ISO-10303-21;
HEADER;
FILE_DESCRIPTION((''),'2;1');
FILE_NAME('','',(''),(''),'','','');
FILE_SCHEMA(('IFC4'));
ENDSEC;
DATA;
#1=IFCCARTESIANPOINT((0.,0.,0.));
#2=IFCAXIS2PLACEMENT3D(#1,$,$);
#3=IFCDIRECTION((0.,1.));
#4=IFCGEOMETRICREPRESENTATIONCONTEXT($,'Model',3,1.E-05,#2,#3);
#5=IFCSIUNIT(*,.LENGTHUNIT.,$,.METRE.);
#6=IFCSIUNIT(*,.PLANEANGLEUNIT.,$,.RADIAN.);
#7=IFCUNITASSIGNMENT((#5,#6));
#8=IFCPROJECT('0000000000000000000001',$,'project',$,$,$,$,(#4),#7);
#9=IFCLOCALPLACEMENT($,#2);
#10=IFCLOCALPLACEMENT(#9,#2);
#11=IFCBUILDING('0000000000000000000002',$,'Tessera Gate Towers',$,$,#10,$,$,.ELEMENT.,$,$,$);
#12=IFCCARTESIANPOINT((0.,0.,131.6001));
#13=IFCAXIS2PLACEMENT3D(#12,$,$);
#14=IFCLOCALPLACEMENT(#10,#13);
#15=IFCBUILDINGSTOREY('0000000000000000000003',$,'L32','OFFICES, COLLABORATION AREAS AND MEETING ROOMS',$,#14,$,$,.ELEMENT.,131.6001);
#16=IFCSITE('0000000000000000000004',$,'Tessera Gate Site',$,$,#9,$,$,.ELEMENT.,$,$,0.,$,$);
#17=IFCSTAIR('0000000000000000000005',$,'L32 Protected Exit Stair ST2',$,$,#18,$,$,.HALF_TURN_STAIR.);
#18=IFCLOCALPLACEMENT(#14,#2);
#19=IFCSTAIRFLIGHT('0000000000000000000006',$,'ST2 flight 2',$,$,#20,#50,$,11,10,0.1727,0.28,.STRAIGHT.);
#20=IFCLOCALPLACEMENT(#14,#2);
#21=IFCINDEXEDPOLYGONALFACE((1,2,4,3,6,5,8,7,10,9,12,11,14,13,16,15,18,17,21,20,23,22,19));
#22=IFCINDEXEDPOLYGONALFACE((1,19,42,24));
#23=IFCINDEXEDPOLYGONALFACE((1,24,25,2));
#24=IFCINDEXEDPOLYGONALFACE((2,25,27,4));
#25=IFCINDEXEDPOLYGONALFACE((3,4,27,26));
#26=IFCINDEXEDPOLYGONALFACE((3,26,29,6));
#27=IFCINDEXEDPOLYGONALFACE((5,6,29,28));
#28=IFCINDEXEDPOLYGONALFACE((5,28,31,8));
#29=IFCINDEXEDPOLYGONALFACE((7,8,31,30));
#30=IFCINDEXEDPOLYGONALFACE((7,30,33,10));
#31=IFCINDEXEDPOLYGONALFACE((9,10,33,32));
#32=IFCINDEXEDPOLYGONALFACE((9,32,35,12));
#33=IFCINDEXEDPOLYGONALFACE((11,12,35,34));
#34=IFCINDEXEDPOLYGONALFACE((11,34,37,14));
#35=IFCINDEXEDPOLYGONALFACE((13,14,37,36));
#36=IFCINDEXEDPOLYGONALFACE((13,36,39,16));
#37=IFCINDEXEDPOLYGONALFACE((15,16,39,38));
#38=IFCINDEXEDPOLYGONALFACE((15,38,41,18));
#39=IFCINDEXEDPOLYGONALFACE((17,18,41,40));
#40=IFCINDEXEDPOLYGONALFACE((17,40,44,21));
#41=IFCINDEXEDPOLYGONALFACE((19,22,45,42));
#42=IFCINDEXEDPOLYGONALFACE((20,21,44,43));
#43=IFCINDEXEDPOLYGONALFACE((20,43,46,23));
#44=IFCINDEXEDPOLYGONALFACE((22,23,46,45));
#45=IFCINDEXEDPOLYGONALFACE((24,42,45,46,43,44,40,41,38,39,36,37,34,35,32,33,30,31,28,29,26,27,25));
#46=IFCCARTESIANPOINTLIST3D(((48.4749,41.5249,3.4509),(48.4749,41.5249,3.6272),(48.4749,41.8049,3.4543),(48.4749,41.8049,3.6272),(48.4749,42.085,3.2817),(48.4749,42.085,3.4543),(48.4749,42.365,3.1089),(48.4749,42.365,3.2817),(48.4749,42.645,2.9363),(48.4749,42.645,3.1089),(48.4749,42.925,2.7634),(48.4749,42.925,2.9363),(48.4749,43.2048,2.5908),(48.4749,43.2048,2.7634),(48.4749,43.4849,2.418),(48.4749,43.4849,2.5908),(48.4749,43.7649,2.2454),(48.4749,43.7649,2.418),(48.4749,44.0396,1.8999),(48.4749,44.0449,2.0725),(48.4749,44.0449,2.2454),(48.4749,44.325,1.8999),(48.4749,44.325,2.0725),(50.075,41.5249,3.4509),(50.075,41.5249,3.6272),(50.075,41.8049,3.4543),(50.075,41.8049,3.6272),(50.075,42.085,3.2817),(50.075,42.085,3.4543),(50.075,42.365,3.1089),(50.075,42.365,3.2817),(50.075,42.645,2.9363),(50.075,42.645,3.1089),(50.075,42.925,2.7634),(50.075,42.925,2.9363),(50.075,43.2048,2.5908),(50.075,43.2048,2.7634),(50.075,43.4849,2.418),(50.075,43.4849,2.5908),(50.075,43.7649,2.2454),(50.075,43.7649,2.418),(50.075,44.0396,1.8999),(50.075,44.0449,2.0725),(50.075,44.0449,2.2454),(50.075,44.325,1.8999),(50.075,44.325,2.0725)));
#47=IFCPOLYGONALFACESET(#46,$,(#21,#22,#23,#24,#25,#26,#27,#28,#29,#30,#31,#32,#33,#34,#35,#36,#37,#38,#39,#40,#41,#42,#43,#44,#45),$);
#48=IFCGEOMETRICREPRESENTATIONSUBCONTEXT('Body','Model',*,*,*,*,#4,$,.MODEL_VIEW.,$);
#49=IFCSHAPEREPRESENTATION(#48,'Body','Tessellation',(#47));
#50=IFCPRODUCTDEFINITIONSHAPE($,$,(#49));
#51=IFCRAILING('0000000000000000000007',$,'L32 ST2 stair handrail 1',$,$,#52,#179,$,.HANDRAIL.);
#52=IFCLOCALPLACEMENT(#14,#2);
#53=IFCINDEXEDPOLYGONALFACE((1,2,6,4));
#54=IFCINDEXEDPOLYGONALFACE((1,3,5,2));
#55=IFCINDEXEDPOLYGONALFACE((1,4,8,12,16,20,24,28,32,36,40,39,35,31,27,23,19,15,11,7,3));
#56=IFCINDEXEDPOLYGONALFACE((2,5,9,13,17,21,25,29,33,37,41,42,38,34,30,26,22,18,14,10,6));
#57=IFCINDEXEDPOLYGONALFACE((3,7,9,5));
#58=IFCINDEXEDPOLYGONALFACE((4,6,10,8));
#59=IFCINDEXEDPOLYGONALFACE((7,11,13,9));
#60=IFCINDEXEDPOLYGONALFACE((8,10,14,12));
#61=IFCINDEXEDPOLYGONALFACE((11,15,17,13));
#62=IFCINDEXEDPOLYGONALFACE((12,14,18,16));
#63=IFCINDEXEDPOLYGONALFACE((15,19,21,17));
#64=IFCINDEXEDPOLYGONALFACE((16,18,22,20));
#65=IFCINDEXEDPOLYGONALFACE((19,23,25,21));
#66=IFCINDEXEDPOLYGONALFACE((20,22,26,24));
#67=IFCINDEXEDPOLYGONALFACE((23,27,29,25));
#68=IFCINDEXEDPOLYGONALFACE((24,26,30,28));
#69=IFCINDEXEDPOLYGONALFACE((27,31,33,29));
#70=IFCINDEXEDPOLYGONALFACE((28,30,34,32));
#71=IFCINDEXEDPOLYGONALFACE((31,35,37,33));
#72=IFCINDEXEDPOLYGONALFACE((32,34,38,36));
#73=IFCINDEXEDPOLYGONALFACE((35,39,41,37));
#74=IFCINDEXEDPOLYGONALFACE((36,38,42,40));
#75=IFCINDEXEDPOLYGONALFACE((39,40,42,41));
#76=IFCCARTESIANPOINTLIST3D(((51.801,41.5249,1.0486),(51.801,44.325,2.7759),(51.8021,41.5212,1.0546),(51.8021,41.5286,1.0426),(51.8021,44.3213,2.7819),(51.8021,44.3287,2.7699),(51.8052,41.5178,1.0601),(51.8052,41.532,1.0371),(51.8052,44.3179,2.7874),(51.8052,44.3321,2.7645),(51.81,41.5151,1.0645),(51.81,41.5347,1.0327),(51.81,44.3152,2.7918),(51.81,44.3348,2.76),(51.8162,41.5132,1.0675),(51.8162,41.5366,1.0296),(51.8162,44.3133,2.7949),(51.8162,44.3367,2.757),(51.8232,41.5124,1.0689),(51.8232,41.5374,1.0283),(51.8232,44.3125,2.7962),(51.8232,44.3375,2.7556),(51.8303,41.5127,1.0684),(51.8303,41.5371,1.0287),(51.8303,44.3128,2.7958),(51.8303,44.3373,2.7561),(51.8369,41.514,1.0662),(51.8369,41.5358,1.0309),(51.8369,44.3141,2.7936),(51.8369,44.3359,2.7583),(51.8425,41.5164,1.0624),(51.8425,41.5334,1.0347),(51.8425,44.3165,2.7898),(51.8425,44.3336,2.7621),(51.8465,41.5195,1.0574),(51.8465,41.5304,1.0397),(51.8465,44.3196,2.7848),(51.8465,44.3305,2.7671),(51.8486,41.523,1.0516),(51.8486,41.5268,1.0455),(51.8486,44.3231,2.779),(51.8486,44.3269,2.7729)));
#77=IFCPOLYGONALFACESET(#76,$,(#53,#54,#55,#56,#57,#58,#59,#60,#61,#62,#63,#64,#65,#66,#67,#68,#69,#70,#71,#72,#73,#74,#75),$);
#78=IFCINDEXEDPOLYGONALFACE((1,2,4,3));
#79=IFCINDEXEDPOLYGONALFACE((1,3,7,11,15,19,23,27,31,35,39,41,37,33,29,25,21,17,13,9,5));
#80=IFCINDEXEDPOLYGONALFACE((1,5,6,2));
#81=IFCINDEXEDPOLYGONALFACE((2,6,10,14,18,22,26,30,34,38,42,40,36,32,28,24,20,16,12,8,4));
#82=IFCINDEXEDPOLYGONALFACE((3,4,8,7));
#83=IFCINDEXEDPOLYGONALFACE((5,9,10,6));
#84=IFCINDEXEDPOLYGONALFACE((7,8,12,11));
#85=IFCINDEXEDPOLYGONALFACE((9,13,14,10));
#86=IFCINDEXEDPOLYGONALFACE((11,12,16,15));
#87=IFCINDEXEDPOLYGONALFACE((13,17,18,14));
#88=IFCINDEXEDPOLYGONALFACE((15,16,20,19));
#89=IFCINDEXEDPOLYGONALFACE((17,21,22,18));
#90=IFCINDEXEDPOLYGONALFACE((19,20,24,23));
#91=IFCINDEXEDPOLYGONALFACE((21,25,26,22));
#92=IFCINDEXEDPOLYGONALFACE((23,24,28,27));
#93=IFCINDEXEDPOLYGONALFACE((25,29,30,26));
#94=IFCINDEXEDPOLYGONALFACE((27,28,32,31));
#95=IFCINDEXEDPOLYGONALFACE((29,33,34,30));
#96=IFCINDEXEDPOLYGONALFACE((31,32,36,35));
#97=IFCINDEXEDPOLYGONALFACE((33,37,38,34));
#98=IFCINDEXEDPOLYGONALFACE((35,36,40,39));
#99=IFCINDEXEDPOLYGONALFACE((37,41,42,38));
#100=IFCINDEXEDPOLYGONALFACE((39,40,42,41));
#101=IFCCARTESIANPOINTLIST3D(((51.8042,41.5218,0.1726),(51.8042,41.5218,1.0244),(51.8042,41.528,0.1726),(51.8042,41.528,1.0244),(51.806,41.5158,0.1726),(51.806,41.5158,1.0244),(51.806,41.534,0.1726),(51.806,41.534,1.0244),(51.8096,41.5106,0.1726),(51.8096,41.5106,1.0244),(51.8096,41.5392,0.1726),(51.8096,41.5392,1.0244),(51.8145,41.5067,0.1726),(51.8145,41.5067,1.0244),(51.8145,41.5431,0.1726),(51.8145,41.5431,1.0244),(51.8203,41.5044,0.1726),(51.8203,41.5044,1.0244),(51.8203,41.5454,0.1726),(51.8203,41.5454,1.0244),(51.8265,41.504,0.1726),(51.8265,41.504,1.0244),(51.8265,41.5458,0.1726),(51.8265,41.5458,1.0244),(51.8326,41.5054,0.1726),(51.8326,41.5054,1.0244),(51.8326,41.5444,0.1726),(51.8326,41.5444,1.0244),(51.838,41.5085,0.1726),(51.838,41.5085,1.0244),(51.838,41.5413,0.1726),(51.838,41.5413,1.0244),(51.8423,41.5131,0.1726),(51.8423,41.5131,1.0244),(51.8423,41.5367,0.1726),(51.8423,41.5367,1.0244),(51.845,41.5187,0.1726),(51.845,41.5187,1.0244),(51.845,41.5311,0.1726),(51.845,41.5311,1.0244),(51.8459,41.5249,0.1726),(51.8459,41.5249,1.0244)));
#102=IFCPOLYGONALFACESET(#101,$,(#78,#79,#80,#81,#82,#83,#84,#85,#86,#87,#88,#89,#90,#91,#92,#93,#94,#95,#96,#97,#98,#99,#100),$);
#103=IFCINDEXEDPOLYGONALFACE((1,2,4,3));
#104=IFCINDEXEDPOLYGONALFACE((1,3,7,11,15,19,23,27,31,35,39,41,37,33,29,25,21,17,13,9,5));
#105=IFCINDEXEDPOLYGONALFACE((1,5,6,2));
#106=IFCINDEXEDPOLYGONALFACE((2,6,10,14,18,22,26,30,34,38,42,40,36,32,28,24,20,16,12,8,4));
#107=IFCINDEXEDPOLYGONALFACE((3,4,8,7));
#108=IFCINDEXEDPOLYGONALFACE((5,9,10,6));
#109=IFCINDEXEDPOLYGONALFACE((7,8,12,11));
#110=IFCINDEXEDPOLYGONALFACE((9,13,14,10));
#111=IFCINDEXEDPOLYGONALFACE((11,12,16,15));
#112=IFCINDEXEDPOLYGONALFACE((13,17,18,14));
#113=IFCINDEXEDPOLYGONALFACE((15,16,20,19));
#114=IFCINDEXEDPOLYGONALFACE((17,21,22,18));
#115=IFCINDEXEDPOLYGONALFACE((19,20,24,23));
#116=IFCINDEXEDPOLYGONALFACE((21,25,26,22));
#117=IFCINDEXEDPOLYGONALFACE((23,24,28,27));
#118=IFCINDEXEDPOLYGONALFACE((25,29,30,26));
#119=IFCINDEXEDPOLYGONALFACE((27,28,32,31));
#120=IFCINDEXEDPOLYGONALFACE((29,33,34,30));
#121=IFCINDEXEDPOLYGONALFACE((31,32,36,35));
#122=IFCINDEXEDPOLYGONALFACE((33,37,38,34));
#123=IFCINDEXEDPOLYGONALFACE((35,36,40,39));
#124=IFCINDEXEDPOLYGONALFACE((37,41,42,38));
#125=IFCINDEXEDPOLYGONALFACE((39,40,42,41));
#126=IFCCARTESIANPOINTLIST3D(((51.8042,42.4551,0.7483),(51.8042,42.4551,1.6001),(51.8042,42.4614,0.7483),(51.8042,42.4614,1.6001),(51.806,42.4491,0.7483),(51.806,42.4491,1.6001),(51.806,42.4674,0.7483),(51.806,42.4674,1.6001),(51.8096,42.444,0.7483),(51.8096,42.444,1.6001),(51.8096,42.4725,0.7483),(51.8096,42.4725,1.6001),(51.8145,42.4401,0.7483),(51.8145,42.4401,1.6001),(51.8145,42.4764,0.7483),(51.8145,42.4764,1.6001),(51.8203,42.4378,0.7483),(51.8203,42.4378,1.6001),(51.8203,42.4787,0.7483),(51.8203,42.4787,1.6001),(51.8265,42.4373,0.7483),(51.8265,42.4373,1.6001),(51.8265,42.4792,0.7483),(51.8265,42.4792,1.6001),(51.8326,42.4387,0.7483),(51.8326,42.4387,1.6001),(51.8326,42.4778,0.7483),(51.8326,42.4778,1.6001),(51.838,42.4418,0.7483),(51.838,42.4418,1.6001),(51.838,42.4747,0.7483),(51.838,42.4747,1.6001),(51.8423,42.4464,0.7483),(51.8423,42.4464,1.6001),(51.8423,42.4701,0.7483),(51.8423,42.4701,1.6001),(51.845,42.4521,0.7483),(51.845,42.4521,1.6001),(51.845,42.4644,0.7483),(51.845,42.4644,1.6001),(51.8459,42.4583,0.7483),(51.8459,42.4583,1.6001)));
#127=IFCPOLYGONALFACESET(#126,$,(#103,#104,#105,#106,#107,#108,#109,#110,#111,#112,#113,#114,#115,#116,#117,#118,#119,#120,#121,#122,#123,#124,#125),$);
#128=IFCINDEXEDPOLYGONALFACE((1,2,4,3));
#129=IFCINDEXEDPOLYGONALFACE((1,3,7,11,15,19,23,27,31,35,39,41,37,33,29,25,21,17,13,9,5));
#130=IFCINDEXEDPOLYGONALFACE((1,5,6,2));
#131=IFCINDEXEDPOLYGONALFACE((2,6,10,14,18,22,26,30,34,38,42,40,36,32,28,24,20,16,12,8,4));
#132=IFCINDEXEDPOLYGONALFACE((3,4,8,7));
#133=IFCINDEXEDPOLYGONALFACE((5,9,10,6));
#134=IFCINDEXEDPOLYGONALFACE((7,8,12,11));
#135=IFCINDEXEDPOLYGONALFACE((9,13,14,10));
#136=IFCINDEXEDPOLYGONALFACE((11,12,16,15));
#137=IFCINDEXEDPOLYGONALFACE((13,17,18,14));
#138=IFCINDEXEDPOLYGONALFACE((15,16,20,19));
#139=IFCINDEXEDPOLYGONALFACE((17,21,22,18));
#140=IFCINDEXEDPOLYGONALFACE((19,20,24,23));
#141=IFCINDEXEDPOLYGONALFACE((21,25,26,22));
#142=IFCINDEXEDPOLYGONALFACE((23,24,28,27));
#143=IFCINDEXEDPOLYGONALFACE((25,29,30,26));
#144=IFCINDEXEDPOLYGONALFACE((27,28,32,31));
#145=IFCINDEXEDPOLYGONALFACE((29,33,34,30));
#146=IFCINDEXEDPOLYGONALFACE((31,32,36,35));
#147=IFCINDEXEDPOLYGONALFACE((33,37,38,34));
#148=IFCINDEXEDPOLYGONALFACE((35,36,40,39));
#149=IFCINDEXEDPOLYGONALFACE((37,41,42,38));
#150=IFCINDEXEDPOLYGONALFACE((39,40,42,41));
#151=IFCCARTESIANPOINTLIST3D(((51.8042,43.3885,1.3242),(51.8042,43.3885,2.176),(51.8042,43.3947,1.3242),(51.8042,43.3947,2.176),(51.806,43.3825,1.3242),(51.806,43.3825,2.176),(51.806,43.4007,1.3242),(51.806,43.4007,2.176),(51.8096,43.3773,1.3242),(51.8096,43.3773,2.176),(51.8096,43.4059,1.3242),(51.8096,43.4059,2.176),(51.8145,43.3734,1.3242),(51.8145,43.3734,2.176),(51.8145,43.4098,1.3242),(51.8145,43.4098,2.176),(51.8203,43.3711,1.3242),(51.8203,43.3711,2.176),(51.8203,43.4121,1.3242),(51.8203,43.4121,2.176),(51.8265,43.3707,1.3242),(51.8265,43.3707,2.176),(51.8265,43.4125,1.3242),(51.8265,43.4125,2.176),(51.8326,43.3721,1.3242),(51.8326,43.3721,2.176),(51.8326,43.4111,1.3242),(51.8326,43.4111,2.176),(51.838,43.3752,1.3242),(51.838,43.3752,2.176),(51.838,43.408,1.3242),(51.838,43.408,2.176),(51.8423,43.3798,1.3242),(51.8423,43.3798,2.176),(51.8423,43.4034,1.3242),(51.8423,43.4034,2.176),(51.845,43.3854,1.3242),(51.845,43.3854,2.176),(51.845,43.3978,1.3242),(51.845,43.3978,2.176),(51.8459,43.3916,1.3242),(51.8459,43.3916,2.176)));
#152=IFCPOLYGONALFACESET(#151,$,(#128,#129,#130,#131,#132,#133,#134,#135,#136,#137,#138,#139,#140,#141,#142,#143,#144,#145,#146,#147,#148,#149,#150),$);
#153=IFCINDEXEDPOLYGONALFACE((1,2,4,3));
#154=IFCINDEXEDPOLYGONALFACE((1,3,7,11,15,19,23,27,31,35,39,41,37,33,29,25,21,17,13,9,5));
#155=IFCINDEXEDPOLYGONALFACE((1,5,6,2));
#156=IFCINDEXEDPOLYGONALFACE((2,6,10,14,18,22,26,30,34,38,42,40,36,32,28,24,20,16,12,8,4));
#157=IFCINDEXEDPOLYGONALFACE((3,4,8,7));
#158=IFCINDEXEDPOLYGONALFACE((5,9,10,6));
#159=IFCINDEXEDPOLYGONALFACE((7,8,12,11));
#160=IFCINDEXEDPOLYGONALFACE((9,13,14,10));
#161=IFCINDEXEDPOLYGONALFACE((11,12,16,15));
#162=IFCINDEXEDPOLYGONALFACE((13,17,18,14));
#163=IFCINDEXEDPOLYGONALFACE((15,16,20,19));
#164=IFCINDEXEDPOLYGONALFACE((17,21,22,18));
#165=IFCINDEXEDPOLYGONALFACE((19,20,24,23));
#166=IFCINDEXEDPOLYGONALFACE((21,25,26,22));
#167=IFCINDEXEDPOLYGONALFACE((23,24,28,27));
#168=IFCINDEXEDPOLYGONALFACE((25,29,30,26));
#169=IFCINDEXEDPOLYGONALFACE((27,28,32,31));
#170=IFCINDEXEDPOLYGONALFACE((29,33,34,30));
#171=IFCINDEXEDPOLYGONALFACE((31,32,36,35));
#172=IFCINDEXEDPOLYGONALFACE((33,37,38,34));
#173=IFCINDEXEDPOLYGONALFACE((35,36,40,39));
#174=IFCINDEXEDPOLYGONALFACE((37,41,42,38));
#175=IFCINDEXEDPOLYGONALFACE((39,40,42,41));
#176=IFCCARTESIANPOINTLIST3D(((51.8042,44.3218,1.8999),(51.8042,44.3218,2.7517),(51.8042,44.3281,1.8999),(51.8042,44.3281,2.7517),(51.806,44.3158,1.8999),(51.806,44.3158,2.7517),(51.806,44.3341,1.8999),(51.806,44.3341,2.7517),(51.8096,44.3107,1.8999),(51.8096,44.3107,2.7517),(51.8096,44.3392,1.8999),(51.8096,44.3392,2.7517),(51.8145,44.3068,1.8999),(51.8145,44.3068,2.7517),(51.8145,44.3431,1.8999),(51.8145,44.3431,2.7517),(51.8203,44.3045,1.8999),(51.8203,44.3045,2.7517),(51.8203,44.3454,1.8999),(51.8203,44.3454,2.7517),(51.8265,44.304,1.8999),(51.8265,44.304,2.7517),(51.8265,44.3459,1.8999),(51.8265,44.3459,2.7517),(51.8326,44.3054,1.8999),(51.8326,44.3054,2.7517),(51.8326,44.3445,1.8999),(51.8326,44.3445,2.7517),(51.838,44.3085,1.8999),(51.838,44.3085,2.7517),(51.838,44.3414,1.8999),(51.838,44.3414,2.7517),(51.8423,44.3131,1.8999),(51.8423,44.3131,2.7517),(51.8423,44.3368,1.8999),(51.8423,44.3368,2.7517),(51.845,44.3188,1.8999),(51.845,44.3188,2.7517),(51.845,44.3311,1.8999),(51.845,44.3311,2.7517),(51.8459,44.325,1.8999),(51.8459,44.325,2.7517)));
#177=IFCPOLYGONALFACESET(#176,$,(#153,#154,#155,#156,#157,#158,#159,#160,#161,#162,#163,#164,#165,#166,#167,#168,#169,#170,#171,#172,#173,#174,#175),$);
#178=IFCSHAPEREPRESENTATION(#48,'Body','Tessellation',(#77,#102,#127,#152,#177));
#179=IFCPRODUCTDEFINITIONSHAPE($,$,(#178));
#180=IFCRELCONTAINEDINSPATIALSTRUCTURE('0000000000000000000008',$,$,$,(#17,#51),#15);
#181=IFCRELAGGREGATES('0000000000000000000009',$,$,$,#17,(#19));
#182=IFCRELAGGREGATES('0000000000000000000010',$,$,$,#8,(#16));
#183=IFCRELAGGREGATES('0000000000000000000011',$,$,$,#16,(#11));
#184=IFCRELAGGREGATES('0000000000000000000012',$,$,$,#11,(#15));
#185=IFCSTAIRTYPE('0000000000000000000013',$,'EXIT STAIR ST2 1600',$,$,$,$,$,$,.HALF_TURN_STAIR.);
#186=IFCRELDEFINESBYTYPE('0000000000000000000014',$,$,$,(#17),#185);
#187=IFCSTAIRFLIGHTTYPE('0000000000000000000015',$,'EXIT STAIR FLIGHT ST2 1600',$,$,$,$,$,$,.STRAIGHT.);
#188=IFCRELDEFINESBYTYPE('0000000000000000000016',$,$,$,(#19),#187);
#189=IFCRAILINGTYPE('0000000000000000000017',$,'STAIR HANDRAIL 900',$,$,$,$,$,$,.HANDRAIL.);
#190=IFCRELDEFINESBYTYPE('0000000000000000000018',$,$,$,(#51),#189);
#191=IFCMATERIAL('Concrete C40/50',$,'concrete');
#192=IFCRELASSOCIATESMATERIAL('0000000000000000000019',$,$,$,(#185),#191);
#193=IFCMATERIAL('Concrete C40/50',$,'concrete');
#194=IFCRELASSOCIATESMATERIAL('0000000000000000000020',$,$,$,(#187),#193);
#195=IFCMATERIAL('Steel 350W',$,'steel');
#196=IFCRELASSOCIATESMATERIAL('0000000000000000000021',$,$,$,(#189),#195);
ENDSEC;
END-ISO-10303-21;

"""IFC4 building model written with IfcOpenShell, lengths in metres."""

from ifc_helpers import new_model, si_unit, direction, frame, origin, origin_2d, place, context, subcontext, project, spatial, polyline, circle, outline, extrude, material, type_object, element, aggregate, save


model = new_model("IFC4")

# Units and contexts
model_context = context("Model", 3, precision=1e-05, world=origin(), true_north=direction((0.0, 1.0)))
body_context = subcontext(model_context, "Body", "Model", "MODEL_VIEW")
ifc_project = project(units=[si_unit("LENGTHUNIT", "METRE"), si_unit("PLANEANGLEUNIT", "RADIAN")], contexts=[model_context])

# Site, building, storey
site_placement = place(None, origin())
site = spatial("IfcSite", under=ifc_project, at=site_placement, Name="Tessera Gate Site", CompositionType="ELEMENT", RefElevation=0.0)
building_placement = place(site_placement, origin())
building = spatial("IfcBuilding", under=site, at=building_placement, Name="Tessera Gate Towers", CompositionType="ELEMENT")
storey_placement = place(building_placement, frame((0.0, 0.0, 131.6001)))
storey = spatial("IfcBuildingStorey", under=building, at=storey_placement, Name="L32", Description="OFFICES, COLLABORATION AREAS AND MEETING ROOMS", CompositionType="ELEMENT", Elevation=131.6001)

# Stair, stair flight
ifc_material_1 = material(Name="Concrete C40/50", Category="concrete")
stair_type = type_object("IfcStairType", Name="EXIT STAIR ST2 1600", PredefinedType="HALF_TURN_STAIR", material=ifc_material_1)
stair_placement = place(storey_placement, origin())
stair = element("IfcStair", 1, at=stair_placement, inside=storey, type_object=stair_type, Name="L32 Protected Exit Stair ST2", PredefinedType="HALF_TURN_STAIR")
ifc_material_2 = material(Name="Concrete C40/50", Category="concrete")
stair_flight_type = type_object("IfcStairFlightType", Name="EXIT STAIR FLIGHT ST2 1600", PredefinedType="STRAIGHT", material=ifc_material_2)
stair_flight_1_placement = place(storey_placement, frame((49.2749, 44.325, 1.8999), z_axis=(0.0, 0.0, 1.0), x_axis=(0.0, -1.0, 0.0)))
stair_flight_1 = element("IfcStairFlight", 2, at=stair_flight_1_placement, type_object=stair_flight_type, Name="ST2 flight 2", NumberOfRisers=11, NumberOfTreads=10, PredefinedType="STRAIGHT", RiserHeight=0.1727, TreadLength=0.28, context=body_context, shape_type="SweptSolid", body=[
    extrude(outline(polyline([(0.0, 0.0), (0.0, 0.1726), (0.28, 0.1726), (0.28, 0.3455), (0.5601, 0.3455), (0.5601, 0.5181), (0.8401, 0.5181), (0.8401, 0.6909), (1.1201, 0.6909), (1.1201, 0.8635), (1.3999, 0.8635), (1.3999, 1.0364), (1.6799, 1.0364), (1.6799, 1.209), (1.96, 1.209), (1.96, 1.3818), (2.24, 1.3818), (2.24, 1.5544), (2.52, 1.5544), (2.52, 1.7273), (2.8, 1.7273), (2.8, 1.8999), (2.8, 1.551), (0.2854, 0.0), (0.0, 0.0)])), frame((0.0, 0.8, 0.0), z_axis=(0.0, -1.0, 0.0), x_axis=(1.0, 0.0, 0.0)), (0.0, 0.0, 1.0), 1.6001),
])
aggregate(stair, [stair_flight_1])

# Railing
ifc_material_3 = material(Name="Steel 350W", Category="steel")
railing_type_1 = type_object("IfcRailingType", Name="STAIR HANDRAIL 900", PredefinedType="HANDRAIL", material=ifc_material_3)
railing_1_placement = place(storey_placement, frame((51.825, 41.5249, 0.1726)))
element("IfcRailing", 3, at=railing_1_placement, inside=storey, type_object=railing_type_1, Name="L32 ST2 stair handrail 1", PredefinedType="HANDRAIL", context=body_context, shape_type="SweptSolid", body=[
    extrude(circle(Radius=0.0239, at=origin_2d()), frame((0.0, 0.0, 0.876), z_axis=(0.0, 0.85109, 0.52502), x_axis=(-1.0, 0.0, 0.0)), (0.0, 0.0, 1.0), 3.29),
    extrude(circle(Radius=0.021, at=origin_2d()), origin(), (0.0, 0.0, 1.0), 0.8518),
    extrude(circle(Radius=0.021, at=origin_2d()), frame((0.0, 0.9333, 0.5757)), (0.0, 0.0, 1.0), 0.8518),
    extrude(circle(Radius=0.021, at=origin_2d()), frame((0.0, 1.8667, 1.1516)), (0.0, 0.0, 1.0), 0.8518),
    extrude(circle(Radius=0.021, at=origin_2d()), frame((0.0, 2.8, 1.7273)), (0.0, 0.0, 1.0), 0.8518),
])

save(model, "model.ifc")
